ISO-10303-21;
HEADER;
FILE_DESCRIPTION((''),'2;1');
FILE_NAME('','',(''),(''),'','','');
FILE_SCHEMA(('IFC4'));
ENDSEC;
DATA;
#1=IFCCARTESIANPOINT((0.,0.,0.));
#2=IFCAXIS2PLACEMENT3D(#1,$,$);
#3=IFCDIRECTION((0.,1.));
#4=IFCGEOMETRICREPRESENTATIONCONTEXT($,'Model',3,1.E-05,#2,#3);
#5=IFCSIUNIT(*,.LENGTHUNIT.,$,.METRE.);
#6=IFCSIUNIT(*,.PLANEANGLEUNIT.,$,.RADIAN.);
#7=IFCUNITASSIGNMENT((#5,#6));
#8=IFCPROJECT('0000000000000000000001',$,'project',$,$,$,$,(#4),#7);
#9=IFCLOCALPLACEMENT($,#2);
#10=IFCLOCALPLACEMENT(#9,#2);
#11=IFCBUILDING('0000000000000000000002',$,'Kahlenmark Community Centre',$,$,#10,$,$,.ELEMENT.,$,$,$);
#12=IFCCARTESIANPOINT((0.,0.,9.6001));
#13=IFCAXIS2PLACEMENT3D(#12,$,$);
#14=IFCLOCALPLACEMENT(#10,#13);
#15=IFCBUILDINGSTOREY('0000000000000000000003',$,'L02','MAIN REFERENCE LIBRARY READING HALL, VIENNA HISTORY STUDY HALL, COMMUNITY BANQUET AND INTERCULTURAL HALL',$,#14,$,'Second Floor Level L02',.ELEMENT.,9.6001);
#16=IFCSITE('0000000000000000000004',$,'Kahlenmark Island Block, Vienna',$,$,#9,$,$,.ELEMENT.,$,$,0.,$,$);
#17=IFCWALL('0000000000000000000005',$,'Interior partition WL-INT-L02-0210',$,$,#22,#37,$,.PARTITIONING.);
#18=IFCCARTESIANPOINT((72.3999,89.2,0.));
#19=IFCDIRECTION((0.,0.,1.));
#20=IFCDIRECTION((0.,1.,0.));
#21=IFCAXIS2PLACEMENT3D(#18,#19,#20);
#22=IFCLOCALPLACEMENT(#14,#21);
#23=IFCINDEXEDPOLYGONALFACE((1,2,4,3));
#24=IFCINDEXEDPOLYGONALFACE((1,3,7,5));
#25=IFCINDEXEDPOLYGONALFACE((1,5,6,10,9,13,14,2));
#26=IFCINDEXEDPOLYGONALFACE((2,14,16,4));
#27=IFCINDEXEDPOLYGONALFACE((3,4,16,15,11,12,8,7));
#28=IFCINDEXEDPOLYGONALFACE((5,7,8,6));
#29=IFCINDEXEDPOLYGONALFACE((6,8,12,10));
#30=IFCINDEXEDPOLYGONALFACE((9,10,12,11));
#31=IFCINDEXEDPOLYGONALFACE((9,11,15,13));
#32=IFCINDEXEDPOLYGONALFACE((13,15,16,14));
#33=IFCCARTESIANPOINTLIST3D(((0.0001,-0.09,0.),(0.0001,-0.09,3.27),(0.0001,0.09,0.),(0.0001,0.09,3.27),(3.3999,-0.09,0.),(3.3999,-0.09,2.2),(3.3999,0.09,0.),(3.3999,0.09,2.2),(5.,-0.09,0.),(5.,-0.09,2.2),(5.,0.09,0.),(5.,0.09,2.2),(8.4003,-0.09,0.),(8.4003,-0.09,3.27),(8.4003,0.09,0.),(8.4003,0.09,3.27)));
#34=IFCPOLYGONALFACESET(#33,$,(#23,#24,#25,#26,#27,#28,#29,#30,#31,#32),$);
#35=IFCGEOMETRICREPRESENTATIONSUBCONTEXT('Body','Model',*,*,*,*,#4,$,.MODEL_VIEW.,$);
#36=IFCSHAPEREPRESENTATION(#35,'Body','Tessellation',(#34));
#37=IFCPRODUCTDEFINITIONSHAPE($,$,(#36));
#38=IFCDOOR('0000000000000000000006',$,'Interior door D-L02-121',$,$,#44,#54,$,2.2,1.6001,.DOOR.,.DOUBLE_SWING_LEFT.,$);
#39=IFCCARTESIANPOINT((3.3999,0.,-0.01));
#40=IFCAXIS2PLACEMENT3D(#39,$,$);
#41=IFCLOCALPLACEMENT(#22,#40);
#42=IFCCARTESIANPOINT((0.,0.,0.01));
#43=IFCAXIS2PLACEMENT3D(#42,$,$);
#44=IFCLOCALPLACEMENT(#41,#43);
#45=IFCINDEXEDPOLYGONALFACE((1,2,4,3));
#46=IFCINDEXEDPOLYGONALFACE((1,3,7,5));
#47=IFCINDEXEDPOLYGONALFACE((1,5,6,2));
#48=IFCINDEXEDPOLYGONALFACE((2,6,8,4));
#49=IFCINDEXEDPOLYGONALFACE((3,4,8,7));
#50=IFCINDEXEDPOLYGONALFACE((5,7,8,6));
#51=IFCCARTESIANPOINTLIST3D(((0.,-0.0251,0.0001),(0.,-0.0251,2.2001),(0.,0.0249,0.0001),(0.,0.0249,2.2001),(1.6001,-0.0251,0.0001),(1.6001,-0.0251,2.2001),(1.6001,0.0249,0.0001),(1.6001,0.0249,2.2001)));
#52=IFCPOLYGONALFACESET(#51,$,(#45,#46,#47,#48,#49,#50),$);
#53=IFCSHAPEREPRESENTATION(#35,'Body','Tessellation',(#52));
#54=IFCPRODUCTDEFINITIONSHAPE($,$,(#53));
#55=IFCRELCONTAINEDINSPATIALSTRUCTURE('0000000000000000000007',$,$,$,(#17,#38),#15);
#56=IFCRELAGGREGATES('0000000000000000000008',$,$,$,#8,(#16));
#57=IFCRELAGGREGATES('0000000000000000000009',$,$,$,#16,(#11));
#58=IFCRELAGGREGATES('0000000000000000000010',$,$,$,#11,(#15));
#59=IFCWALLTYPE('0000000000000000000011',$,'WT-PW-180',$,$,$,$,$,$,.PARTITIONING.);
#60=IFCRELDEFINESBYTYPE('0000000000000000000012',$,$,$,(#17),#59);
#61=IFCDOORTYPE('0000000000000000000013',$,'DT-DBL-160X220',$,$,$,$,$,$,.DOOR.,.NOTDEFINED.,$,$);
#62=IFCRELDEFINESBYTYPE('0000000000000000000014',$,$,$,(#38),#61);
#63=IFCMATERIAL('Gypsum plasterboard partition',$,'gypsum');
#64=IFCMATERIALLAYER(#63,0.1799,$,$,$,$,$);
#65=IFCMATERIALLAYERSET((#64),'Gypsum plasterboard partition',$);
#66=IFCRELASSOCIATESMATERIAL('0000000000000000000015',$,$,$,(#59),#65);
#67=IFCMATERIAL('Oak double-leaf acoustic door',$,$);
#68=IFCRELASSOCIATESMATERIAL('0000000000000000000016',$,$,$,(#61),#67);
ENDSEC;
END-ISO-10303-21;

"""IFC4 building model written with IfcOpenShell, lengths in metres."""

from ifc_helpers import new_model, si_unit, direction, frame, frame_2d, origin, place, context, subcontext, project, spatial, rectangle, extrude, material, layer, layer_set, type_object, element, fill, save


model = new_model("IFC4")

# Units and contexts
model_context = context("Model", 3, precision=1e-05, world=origin(), true_north=direction((0.0, 1.0)))
body_context = subcontext(model_context, "Body", "Model", "MODEL_VIEW")
ifc_project = project(units=[si_unit("LENGTHUNIT", "METRE"), si_unit("PLANEANGLEUNIT", "RADIAN")], contexts=[model_context])

# Site, building, storey
site_placement = place(None, origin())
site = spatial("IfcSite", under=ifc_project, at=site_placement, Name="Kahlenmark Island Block, Vienna", CompositionType="ELEMENT", RefElevation=0.0)
building_placement = place(site_placement, origin())
building = spatial("IfcBuilding", under=site, at=building_placement, Name="Kahlenmark Community Centre", CompositionType="ELEMENT")
storey_placement = place(building_placement, frame((0.0, 0.0, 9.6001)))
storey = spatial("IfcBuildingStorey", under=building, at=storey_placement, Name="L02", Description="MAIN REFERENCE LIBRARY READING HALL, VIENNA HISTORY STUDY HALL, COMMUNITY BANQUET AND INTERCULTURAL HALL", LongName="Second Floor Level L02", CompositionType="ELEMENT", Elevation=9.6001)

# Wall, opening, door
ifc_material_1 = material(Name="Gypsum plasterboard partition", Category="gypsum")
ifc_layer_1 = layer(ifc_material_1, 0.1799)
ifc_layer_set_1 = layer_set([ifc_layer_1], Name="Gypsum plasterboard partition")
wall_type_1 = type_object("IfcWallType", Name="WT-PW-180", PredefinedType="PARTITIONING", material=ifc_layer_set_1)
wall_1_placement = place(storey_placement, frame((72.3999, 89.2, 0.0), z_axis=(0.0, 0.0, 1.0), x_axis=(0.0, 1.0, 0.0)))
wall_1 = element("IfcWall", 1, at=wall_1_placement, inside=storey, type_object=wall_type_1, Name="Interior partition WL-INT-L02-0210", PredefinedType="PARTITIONING", context=body_context, shape_type="SweptSolid", body=[
    extrude(rectangle(XDim=8.4001, YDim=0.1799, at=frame_2d((4.2002, 0.0))), origin(), (0.0, 0.0, 1.0), 3.27),
])
opening_1_placement = place(wall_1_placement, frame((3.3999, 0.0, -0.01)))
opening_1 = element("IfcOpeningElement", 2, at=opening_1_placement, cuts=wall_1, PredefinedType="OPENING", context=body_context, shape_type="SweptSolid", body=[
    extrude(rectangle(XDim=1.6001, YDim=2.21, at=frame_2d((0.8, 1.105))), frame((0.0, 0.0999, 0.0), z_axis=(0.0, -1.0, 0.0), x_axis=(1.0, 0.0, 0.0)), (0.0, 0.0, 1.0), 0.2),
])
ifc_material_2 = material(Name="Oak double-leaf acoustic door")
door_type = type_object("IfcDoorType", Name="DT-DBL-160X220", OperationType="NOTDEFINED", PredefinedType="DOOR", material=ifc_material_2)
door_placement = place(opening_1_placement, frame((0.0, 0.0, 0.01)))
door = element("IfcDoor", 3, at=door_placement, inside=storey, type_object=door_type, Name="Interior door D-L02-121", OperationType="DOUBLE_SWING_LEFT", OverallHeight=2.2, OverallWidth=1.6001, PredefinedType="DOOR", context=body_context, shape_type="SweptSolid", body=[
    extrude(rectangle(XDim=1.6001, YDim=2.2, at=frame_2d((0.8, 1.1001))), frame((0.0, 0.0249, 0.0), z_axis=(0.0, -1.0, 0.0), x_axis=(1.0, 0.0, 0.0)), (0.0, 0.0, 1.0), 0.05),
])
fill(opening_1, door)

save(model, "model.ifc")
